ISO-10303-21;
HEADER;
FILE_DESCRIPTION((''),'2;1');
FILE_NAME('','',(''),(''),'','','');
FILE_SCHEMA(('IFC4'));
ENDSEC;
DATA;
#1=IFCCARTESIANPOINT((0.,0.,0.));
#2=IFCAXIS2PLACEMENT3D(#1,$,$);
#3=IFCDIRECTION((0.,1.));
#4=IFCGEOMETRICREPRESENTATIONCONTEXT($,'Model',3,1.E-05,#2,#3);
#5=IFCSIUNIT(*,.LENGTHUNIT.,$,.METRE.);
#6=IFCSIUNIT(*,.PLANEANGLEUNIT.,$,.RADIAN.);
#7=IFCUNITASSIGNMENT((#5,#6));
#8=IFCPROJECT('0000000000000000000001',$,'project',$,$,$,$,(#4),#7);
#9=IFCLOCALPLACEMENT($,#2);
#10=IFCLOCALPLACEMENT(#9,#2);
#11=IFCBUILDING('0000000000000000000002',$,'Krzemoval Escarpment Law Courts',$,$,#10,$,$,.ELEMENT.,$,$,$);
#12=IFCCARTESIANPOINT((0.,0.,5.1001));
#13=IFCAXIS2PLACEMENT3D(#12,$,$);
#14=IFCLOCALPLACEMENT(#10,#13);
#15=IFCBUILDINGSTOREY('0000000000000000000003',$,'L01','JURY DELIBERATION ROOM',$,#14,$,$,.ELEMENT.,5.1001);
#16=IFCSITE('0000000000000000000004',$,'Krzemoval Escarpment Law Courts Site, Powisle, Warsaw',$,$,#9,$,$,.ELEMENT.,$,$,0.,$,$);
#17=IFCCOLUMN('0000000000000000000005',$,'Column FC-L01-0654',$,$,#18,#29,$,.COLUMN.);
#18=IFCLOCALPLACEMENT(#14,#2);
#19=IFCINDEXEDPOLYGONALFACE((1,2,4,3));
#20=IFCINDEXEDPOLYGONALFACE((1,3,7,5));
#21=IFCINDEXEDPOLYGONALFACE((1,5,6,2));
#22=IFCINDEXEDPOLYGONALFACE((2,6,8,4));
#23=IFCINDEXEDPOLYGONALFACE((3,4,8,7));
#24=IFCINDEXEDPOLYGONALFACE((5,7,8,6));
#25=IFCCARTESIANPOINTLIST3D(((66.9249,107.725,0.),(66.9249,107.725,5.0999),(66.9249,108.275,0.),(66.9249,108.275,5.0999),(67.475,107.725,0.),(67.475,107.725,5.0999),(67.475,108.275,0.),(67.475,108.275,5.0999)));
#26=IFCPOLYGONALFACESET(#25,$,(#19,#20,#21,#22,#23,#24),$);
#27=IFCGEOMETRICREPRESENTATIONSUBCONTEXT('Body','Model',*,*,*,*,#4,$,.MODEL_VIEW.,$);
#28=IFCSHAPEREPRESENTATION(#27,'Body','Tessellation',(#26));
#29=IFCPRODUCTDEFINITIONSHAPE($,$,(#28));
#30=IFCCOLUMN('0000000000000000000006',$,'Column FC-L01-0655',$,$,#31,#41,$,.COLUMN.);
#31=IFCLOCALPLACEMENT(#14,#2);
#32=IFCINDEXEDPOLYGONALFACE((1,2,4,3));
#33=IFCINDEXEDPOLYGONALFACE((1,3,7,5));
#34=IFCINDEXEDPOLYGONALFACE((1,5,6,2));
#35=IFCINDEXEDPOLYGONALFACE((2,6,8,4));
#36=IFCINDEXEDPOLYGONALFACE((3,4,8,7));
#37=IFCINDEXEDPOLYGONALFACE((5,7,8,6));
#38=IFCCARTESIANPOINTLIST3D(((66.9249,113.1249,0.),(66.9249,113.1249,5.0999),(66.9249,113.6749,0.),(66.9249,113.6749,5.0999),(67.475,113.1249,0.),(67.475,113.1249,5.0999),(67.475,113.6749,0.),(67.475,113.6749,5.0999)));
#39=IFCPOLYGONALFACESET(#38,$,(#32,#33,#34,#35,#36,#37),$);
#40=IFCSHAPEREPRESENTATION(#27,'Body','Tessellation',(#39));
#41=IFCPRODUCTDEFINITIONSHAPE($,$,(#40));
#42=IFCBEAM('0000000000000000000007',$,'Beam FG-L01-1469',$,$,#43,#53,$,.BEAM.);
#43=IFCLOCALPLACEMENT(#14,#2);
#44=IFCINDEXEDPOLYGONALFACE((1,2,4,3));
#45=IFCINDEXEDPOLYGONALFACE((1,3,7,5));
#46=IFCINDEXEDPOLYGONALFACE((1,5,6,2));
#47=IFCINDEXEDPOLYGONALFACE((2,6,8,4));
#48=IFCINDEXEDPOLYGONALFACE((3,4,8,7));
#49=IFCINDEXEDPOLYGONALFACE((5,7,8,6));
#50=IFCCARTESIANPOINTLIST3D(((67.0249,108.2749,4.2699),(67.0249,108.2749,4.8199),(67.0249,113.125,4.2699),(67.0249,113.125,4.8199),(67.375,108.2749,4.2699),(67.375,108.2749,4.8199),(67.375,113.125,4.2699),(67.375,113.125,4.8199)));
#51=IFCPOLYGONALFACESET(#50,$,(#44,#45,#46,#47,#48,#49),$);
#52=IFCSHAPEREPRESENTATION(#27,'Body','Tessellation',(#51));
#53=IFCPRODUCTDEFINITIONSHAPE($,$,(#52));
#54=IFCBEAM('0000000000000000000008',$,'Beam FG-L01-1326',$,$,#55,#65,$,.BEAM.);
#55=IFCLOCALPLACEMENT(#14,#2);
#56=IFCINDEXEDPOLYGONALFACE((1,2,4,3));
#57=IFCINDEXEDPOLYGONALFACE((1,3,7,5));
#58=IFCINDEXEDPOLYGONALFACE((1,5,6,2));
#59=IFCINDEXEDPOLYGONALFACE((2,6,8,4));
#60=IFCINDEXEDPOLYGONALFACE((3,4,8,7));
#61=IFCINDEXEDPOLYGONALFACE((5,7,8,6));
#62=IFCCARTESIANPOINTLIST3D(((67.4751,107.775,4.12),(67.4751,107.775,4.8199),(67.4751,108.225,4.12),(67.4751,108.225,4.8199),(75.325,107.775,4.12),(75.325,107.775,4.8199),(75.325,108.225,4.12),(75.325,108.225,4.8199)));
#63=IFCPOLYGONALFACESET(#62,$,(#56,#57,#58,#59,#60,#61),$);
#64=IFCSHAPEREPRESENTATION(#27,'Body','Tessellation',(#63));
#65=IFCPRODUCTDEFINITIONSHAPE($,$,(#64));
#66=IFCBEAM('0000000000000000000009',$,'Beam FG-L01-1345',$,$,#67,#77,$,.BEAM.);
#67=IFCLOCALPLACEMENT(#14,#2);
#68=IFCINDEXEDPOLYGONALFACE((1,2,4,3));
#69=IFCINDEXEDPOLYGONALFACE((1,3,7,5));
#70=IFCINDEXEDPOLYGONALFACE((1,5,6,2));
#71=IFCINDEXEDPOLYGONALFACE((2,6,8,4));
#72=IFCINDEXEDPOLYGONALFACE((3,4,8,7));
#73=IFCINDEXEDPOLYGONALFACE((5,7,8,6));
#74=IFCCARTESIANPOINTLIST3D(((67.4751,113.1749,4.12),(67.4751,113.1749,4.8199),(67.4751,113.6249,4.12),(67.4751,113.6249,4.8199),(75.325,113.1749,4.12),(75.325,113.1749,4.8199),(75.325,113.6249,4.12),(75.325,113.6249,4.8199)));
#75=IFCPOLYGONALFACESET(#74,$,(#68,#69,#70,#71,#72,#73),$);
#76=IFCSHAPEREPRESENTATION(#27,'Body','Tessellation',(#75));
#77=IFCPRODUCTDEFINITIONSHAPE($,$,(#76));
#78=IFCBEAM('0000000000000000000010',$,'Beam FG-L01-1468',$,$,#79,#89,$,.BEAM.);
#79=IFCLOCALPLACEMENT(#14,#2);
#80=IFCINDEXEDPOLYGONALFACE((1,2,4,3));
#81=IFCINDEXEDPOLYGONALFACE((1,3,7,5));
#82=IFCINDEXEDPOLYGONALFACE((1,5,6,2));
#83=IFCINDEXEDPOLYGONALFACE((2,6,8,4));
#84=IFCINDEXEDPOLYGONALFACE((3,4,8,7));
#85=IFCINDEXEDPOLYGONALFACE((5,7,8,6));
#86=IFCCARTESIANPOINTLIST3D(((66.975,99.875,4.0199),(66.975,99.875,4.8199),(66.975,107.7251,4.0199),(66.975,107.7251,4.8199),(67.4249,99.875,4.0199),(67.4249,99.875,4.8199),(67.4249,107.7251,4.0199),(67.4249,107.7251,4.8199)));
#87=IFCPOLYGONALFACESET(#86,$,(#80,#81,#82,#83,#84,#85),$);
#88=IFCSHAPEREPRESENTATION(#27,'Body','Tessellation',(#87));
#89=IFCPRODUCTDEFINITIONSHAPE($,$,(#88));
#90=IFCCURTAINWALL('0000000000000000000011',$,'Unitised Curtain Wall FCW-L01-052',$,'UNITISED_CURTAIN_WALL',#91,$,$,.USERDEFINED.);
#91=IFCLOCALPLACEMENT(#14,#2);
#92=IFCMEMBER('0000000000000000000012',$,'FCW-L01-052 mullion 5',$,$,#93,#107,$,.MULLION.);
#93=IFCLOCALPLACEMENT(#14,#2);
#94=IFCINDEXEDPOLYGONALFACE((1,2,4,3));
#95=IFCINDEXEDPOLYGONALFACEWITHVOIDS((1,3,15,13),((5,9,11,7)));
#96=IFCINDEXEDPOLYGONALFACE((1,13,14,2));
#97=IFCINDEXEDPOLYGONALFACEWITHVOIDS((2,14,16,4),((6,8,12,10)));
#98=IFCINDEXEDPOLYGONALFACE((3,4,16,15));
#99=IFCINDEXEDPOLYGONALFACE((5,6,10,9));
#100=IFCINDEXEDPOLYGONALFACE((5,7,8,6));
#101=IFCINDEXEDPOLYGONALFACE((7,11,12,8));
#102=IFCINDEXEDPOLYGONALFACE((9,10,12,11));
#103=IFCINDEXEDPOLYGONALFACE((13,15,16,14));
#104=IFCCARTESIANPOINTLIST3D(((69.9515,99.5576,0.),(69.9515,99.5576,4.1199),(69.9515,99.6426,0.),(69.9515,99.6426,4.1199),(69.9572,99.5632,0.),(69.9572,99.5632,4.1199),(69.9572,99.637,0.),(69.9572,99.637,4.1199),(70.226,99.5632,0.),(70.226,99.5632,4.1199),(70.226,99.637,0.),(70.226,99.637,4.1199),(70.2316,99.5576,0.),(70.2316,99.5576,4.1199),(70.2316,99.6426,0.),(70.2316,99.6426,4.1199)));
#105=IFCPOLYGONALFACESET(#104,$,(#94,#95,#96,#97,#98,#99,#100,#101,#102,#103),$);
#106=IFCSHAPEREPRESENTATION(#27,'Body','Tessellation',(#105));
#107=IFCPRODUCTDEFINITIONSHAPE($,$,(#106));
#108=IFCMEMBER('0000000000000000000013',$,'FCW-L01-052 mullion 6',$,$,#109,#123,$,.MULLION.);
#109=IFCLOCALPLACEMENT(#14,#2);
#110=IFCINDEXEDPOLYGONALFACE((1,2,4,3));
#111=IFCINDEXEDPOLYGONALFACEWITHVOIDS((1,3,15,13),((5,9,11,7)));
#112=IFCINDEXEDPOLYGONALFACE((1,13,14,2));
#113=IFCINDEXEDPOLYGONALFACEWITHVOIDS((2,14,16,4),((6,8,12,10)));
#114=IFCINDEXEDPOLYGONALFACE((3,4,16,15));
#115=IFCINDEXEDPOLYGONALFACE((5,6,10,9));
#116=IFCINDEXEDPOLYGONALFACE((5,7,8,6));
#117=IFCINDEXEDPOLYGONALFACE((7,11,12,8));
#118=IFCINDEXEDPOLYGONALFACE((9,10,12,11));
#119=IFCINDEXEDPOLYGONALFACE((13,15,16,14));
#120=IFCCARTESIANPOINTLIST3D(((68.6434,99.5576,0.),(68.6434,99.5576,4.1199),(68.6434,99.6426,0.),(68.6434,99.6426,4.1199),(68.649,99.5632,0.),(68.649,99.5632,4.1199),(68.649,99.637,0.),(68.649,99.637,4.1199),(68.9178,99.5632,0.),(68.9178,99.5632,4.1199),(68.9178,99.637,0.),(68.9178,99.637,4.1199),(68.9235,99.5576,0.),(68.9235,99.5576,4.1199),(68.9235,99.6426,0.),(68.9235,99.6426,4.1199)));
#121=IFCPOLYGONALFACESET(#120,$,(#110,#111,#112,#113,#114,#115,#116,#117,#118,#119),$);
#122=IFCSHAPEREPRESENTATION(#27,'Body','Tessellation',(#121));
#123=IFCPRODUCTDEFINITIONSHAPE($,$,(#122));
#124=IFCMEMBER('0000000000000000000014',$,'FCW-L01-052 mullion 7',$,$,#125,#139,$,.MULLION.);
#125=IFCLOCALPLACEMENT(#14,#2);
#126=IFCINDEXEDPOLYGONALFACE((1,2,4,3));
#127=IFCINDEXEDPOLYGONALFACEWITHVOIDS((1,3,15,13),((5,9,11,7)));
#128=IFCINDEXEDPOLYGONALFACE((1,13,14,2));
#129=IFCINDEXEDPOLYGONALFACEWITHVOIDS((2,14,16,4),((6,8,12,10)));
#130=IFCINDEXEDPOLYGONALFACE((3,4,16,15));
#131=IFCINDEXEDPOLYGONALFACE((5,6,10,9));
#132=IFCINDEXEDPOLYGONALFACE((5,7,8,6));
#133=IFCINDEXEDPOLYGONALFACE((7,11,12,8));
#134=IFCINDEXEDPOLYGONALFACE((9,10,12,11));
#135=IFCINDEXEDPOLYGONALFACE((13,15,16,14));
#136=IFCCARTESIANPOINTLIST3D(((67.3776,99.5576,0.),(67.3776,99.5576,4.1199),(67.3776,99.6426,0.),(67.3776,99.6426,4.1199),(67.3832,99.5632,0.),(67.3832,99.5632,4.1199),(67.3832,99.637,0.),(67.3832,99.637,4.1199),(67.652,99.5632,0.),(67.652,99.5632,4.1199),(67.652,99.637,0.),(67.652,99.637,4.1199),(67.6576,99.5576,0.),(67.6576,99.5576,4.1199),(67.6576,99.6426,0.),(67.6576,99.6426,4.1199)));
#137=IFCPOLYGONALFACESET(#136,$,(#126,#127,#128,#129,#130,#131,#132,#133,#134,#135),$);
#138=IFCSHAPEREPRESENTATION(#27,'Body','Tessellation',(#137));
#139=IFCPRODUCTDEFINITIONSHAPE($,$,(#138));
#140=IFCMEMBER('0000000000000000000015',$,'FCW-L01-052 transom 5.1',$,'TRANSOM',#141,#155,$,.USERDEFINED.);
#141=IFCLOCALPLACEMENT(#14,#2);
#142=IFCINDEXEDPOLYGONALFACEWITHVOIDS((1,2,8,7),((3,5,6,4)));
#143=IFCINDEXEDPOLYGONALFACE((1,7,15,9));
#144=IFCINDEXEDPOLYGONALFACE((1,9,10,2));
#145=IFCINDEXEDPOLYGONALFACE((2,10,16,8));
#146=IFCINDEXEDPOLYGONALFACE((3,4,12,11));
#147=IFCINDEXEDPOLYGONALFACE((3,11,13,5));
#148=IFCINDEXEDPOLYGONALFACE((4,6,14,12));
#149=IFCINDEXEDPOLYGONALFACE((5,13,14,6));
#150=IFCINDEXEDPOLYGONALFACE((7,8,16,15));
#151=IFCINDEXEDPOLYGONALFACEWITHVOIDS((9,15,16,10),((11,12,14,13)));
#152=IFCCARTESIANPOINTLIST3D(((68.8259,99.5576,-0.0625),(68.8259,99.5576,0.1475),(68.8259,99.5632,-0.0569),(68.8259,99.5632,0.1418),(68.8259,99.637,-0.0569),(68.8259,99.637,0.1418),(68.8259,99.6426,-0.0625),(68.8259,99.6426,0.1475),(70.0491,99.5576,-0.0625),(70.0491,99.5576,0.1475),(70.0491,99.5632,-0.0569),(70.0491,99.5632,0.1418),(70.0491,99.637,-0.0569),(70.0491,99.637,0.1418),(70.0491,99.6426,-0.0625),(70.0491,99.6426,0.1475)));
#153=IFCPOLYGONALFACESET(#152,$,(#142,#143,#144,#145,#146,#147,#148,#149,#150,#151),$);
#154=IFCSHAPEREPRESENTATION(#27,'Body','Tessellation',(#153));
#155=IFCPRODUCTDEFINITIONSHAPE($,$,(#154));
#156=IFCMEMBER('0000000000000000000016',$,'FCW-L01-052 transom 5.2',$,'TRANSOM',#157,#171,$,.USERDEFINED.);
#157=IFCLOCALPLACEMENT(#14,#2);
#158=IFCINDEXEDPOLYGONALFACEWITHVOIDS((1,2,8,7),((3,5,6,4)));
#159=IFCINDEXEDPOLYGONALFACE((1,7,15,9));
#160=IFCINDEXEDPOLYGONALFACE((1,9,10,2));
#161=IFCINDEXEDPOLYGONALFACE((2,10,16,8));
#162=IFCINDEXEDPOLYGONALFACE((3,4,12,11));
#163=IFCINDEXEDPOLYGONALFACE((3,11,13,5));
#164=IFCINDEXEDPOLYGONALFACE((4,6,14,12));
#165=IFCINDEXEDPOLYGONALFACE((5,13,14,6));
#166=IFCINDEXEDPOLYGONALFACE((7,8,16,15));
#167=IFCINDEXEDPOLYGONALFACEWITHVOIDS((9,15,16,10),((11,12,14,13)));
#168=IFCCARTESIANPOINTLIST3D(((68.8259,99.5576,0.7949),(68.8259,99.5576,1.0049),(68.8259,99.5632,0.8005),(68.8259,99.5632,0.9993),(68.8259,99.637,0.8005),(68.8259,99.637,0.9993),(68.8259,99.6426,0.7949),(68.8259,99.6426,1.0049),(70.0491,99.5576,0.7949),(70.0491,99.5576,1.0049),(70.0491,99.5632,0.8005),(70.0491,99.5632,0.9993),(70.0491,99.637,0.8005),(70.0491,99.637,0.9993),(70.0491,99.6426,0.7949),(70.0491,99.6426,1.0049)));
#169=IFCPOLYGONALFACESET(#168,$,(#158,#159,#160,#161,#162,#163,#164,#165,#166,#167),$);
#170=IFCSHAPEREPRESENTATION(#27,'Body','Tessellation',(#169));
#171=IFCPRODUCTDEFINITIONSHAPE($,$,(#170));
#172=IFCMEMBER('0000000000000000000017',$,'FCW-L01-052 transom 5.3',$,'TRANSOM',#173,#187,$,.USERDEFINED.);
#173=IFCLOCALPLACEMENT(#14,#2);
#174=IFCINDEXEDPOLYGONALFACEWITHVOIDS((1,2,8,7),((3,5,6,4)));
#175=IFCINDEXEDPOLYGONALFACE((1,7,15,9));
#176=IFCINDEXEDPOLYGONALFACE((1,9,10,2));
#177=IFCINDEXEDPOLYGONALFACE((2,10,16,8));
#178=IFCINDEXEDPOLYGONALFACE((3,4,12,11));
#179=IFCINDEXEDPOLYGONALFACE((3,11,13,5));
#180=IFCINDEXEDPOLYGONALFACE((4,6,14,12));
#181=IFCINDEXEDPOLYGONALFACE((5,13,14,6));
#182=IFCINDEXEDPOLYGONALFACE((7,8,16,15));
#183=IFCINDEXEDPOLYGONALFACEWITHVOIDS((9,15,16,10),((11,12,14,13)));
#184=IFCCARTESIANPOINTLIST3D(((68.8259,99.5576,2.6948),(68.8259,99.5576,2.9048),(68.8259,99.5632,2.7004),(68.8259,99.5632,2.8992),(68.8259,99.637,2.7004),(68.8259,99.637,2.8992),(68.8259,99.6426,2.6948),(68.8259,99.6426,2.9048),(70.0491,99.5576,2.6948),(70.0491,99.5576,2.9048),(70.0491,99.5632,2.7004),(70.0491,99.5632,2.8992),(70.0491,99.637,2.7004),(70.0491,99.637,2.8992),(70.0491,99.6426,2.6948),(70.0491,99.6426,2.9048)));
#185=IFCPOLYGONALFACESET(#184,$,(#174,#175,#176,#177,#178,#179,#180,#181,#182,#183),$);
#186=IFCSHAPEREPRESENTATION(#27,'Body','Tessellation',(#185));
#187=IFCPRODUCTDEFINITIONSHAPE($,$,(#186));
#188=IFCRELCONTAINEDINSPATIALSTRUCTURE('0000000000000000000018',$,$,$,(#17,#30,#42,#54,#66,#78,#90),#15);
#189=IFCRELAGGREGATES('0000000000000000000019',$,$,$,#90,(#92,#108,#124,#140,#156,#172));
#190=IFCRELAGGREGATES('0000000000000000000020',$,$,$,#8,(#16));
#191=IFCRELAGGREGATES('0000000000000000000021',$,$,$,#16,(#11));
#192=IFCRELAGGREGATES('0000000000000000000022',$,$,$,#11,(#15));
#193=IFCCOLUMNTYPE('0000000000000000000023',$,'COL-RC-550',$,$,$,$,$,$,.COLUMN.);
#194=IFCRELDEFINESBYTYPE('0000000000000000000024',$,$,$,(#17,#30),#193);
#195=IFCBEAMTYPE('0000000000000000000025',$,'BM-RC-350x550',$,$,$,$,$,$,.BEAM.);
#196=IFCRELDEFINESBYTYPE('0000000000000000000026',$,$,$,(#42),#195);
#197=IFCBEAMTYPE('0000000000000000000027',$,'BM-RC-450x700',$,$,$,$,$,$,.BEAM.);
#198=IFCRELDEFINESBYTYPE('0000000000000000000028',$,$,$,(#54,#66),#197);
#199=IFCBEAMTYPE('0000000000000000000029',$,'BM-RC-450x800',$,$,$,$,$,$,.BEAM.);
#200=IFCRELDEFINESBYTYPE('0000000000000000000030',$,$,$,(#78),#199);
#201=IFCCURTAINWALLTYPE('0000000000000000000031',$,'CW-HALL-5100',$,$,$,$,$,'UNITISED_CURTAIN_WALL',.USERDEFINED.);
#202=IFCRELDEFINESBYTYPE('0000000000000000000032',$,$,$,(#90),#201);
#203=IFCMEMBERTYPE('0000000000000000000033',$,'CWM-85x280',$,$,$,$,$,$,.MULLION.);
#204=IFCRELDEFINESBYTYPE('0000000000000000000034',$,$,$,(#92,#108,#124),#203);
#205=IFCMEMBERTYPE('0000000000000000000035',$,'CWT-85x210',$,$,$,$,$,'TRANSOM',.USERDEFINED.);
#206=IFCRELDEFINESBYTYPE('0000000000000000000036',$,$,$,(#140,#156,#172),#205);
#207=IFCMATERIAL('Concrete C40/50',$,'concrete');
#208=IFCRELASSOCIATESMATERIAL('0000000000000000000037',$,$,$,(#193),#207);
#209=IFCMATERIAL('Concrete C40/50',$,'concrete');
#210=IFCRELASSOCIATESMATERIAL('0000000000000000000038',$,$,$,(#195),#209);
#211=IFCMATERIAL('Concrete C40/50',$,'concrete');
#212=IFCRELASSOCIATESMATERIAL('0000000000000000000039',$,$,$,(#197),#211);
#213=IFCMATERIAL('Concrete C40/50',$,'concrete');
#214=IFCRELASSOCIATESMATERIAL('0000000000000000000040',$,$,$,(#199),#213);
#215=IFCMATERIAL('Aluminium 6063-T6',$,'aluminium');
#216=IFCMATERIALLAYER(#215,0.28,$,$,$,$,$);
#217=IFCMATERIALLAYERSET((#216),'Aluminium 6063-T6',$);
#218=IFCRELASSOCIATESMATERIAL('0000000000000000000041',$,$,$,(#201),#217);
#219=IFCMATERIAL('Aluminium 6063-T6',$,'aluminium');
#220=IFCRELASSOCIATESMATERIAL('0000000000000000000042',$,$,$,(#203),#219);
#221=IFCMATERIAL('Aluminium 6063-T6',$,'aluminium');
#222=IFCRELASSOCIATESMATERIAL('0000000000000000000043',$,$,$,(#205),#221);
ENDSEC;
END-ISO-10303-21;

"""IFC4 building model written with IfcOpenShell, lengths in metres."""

from ifc_helpers import new_model, si_unit, direction, frame, origin, origin_2d, place, context, subcontext, project, spatial, rectangle, hollow_rectangle, extrude, material, layer, layer_set, material_profile, profile_set, type_object, element, aggregate, save


model = new_model("IFC4")

# Units and contexts
model_context = context("Model", 3, precision=1e-05, world=origin(), true_north=direction((0.0, 1.0)))
body_context = subcontext(model_context, "Body", "Model", "MODEL_VIEW")
ifc_project = project(units=[si_unit("LENGTHUNIT", "METRE"), si_unit("PLANEANGLEUNIT", "RADIAN")], contexts=[model_context])

# Site, building, storey
site_placement = place(None, origin())
site = spatial("IfcSite", under=ifc_project, at=site_placement, Name="Krzemoval Escarpment Law Courts Site, Powisle, Warsaw", CompositionType="ELEMENT", RefElevation=0.0)
building_placement = place(site_placement, origin())
building = spatial("IfcBuilding", under=site, at=building_placement, Name="Krzemoval Escarpment Law Courts", CompositionType="ELEMENT")
storey_placement = place(building_placement, frame((0.0, 0.0, 5.1001)))
storey = spatial("IfcBuildingStorey", under=building, at=storey_placement, Name="L01", Description="JURY DELIBERATION ROOM", CompositionType="ELEMENT", Elevation=5.1001)

# Columns
ifc_material_1 = material(Name="Concrete C40/50", Category="concrete")
ifc_material_profile_1 = material_profile(ifc_material_1, rectangle(XDim=0.55, YDim=0.55, at=origin_2d()), Name="RC 550x550")
ifc_profile_set_1 = profile_set([ifc_material_profile_1], Name="Concrete C40/50")
column_type = type_object("IfcColumnType", Name="COL-RC-550", PredefinedType="COLUMN", material=ifc_profile_set_1)
for number, where, z_axis, x_axis, name in (
    (1, (67.2, 108.0, 0.0), (0.0, 0.0, 1.0), (1.0, 0.0, 0.0), "Column FC-L01-0654"),
    (2, (67.2, 113.3999, 0.0), (0.0, 0.0, 1.0), (1.0, 0.0, 0.0), "Column FC-L01-0655"),
):
    element("IfcColumn", number, at=place(storey_placement, frame(where, z_axis=z_axis, x_axis=x_axis)), inside=storey, type_object=column_type, Name=name, PredefinedType="COLUMN", context=body_context, shape_type="SweptSolid", body=[
        extrude(rectangle(XDim=0.55, YDim=0.55, at=origin_2d()), origin(), (0.0, 0.0, 1.0), 5.0999),
    ])

# Beams
ifc_material_2 = material(Name="Concrete C40/50", Category="concrete")
ifc_material_profile_2 = material_profile(ifc_material_2, rectangle(XDim=0.3501, YDim=0.55, at=origin_2d()), Name="RCB 350x550")
ifc_profile_set_2 = profile_set([ifc_material_profile_2], Name="Concrete C40/50")
beam_type_1 = type_object("IfcBeamType", Name="BM-RC-350x550", PredefinedType="BEAM", material=ifc_profile_set_2)
beam_1_placement = place(storey_placement, frame((67.2, 108.2749, 4.5449), z_axis=(0.0, 1.0, 0.0), x_axis=(-1.0, 0.0, 0.0)))
element("IfcBeam", 3, at=beam_1_placement, inside=storey, type_object=beam_type_1, Name="Beam FG-L01-1469", PredefinedType="BEAM", context=body_context, shape_type="SweptSolid", body=[
    extrude(rectangle(XDim=0.3501, YDim=0.55, at=origin_2d()), origin(), (0.0, 0.0, 1.0), 4.8501),
])
ifc_material_3 = material(Name="Concrete C40/50", Category="concrete")
ifc_material_profile_3 = material_profile(ifc_material_3, rectangle(XDim=0.45, YDim=0.7, at=origin_2d()), Name="RCB 450x700")
ifc_profile_set_3 = profile_set([ifc_material_profile_3], Name="Concrete C40/50")
beam_type_2 = type_object("IfcBeamType", Name="BM-RC-450x700", PredefinedType="BEAM", material=ifc_profile_set_3)
for number, where, z_axis, x_axis, name in (
    (4, (67.4751, 108.0, 4.47), (1.0, 0.0, 0.0), (0.0, 1.0, 0.0), "Beam FG-L01-1326"),
    (5, (67.4751, 113.3999, 4.47), (1.0, 0.0, 0.0), (0.0, 1.0, 0.0), "Beam FG-L01-1345"),
):
    element("IfcBeam", number, at=place(storey_placement, frame(where, z_axis=z_axis, x_axis=x_axis)), inside=storey, type_object=beam_type_2, Name=name, PredefinedType="BEAM", context=body_context, shape_type="SweptSolid", body=[
        extrude(rectangle(XDim=0.45, YDim=0.7, at=origin_2d()), origin(), (0.0, 0.0, 1.0), 7.8499),
    ])
ifc_material_4 = material(Name="Concrete C40/50", Category="concrete")
ifc_material_profile_4 = material_profile(ifc_material_4, rectangle(XDim=0.45, YDim=0.8, at=origin_2d()), Name="RCB 450x800")
ifc_profile_set_4 = profile_set([ifc_material_profile_4], Name="Concrete C40/50")
beam_type_3 = type_object("IfcBeamType", Name="BM-RC-450x800", PredefinedType="BEAM", material=ifc_profile_set_4)
beam_2_placement = place(storey_placement, frame((67.2, 99.875, 4.4199), z_axis=(0.0, 1.0, 0.0), x_axis=(-1.0, 0.0, 0.0)))
element("IfcBeam", 6, at=beam_2_placement, inside=storey, type_object=beam_type_3, Name="Beam FG-L01-1468", PredefinedType="BEAM", context=body_context, shape_type="SweptSolid", body=[
    extrude(rectangle(XDim=0.45, YDim=0.8, at=origin_2d()), origin(), (0.0, 0.0, 1.0), 7.8501),
])

# Curtain wall, members
ifc_material_5 = material(Name="Aluminium 6063-T6", Category="aluminium")
ifc_layer_1 = layer(ifc_material_5, 0.28)
ifc_layer_set_1 = layer_set([ifc_layer_1], Name="Aluminium 6063-T6")
curtain_wall_type = type_object("IfcCurtainWallType", Name="CW-HALL-5100", ElementType="UNITISED_CURTAIN_WALL", PredefinedType="USERDEFINED", material=ifc_layer_set_1)
curtain_wall_placement = place(storey_placement, origin())
curtain_wall = element("IfcCurtainWall", 7, at=curtain_wall_placement, inside=storey, type_object=curtain_wall_type, Name="Unitised Curtain Wall FCW-L01-052", ObjectType="UNITISED_CURTAIN_WALL", PredefinedType="USERDEFINED")
ifc_material_6 = material(Name="Aluminium 6063-T6", Category="aluminium")
ifc_material_profile_5 = material_profile(ifc_material_6, hollow_rectangle(XDim=0.085, YDim=0.28, WallThickness=0.0056, at=origin_2d()), Name="ALU M85x280")
ifc_profile_set_5 = profile_set([ifc_material_profile_5], Name="Aluminium 6063-T6")
member_type_1 = type_object("IfcMemberType", Name="CWM-85x280", PredefinedType="MULLION", material=ifc_profile_set_5)
member_1_placement = place(storey_placement, frame((70.0916, 99.6001, 0.0), z_axis=(0.0, 0.0, 1.0), x_axis=(0.0, -1.0, 0.0)))
member_1 = element("IfcMember", 8, at=member_1_placement, type_object=member_type_1, Name="FCW-L01-052 mullion 5", PredefinedType="MULLION", context=body_context, shape_type="SweptSolid", body=[
    extrude(hollow_rectangle(XDim=0.085, YDim=0.28, WallThickness=0.0056, at=origin_2d()), origin(), (0.0, 0.0, 1.0), 4.1199),
])
member_2_placement = place(storey_placement, frame((68.7834, 99.6001, 0.0), z_axis=(0.0, 0.0, 1.0), x_axis=(0.0, -1.0, 0.0)))
member_2 = element("IfcMember", 9, at=member_2_placement, type_object=member_type_1, Name="FCW-L01-052 mullion 6", PredefinedType="MULLION", context=body_context, shape_type="SweptSolid", body=[
    extrude(hollow_rectangle(XDim=0.085, YDim=0.28, WallThickness=0.0056, at=origin_2d()), origin(), (0.0, 0.0, 1.0), 4.1199),
])
member_3_placement = place(storey_placement, frame((67.5176, 99.6001, 0.0), z_axis=(0.0, 0.0, 1.0), x_axis=(0.0, -1.0, 0.0)))
member_3 = element("IfcMember", 10, at=member_3_placement, type_object=member_type_1, Name="FCW-L01-052 mullion 7", PredefinedType="MULLION", context=body_context, shape_type="SweptSolid", body=[
    extrude(hollow_rectangle(XDim=0.085, YDim=0.28, WallThickness=0.0056, at=origin_2d()), origin(), (0.0, 0.0, 1.0), 4.1199),
])
ifc_material_7 = material(Name="Aluminium 6063-T6", Category="aluminium")
ifc_material_profile_6 = material_profile(ifc_material_7, hollow_rectangle(XDim=0.085, YDim=0.21, WallThickness=0.0056, at=origin_2d()), Name="ALU T85x210")
ifc_profile_set_6 = profile_set([ifc_material_profile_6], Name="Aluminium 6063-T6")
member_type_2 = type_object("IfcMemberType", Name="CWT-85x210", ElementType="TRANSOM", PredefinedType="USERDEFINED", material=ifc_profile_set_6)
member_4_placement = place(storey_placement, frame((70.0491, 99.6001, 0.0425), z_axis=(-1.0, 0.0, 0.0), x_axis=(0.0, -1.0, 0.0)))
member_4 = element("IfcMember", 11, at=member_4_placement, type_object=member_type_2, Name="FCW-L01-052 transom 5.1", ObjectType="TRANSOM", PredefinedType="USERDEFINED", context=body_context, shape_type="SweptSolid", body=[
    extrude(hollow_rectangle(XDim=0.085, YDim=0.21, WallThickness=0.0056, at=origin_2d()), origin(), (0.0, 0.0, 1.0), 1.2231),
])
member_5_placement = place(storey_placement, frame((70.0491, 99.6001, 0.8999), z_axis=(-1.0, 0.0, 0.0), x_axis=(0.0, -1.0, 0.0)))
member_5 = element("IfcMember", 12, at=member_5_placement, type_object=member_type_2, Name="FCW-L01-052 transom 5.2", ObjectType="TRANSOM", PredefinedType="USERDEFINED", context=body_context, shape_type="SweptSolid", body=[
    extrude(hollow_rectangle(XDim=0.085, YDim=0.21, WallThickness=0.0056, at=origin_2d()), origin(), (0.0, 0.0, 1.0), 1.2231),
])
member_6_placement = place(storey_placement, frame((70.0491, 99.6001, 2.7998), z_axis=(-1.0, 0.0, 0.0), x_axis=(0.0, -1.0, 0.0)))
member_6 = element("IfcMember", 13, at=member_6_placement, type_object=member_type_2, Name="FCW-L01-052 transom 5.3", ObjectType="TRANSOM", PredefinedType="USERDEFINED", context=body_context, shape_type="SweptSolid", body=[
    extrude(hollow_rectangle(XDim=0.085, YDim=0.21, WallThickness=0.0056, at=origin_2d()), origin(), (0.0, 0.0, 1.0), 1.2231),
])

aggregate(curtain_wall, [member_1, member_2, member_3, member_4, member_5, member_6])

save(model, "model.ifc")
